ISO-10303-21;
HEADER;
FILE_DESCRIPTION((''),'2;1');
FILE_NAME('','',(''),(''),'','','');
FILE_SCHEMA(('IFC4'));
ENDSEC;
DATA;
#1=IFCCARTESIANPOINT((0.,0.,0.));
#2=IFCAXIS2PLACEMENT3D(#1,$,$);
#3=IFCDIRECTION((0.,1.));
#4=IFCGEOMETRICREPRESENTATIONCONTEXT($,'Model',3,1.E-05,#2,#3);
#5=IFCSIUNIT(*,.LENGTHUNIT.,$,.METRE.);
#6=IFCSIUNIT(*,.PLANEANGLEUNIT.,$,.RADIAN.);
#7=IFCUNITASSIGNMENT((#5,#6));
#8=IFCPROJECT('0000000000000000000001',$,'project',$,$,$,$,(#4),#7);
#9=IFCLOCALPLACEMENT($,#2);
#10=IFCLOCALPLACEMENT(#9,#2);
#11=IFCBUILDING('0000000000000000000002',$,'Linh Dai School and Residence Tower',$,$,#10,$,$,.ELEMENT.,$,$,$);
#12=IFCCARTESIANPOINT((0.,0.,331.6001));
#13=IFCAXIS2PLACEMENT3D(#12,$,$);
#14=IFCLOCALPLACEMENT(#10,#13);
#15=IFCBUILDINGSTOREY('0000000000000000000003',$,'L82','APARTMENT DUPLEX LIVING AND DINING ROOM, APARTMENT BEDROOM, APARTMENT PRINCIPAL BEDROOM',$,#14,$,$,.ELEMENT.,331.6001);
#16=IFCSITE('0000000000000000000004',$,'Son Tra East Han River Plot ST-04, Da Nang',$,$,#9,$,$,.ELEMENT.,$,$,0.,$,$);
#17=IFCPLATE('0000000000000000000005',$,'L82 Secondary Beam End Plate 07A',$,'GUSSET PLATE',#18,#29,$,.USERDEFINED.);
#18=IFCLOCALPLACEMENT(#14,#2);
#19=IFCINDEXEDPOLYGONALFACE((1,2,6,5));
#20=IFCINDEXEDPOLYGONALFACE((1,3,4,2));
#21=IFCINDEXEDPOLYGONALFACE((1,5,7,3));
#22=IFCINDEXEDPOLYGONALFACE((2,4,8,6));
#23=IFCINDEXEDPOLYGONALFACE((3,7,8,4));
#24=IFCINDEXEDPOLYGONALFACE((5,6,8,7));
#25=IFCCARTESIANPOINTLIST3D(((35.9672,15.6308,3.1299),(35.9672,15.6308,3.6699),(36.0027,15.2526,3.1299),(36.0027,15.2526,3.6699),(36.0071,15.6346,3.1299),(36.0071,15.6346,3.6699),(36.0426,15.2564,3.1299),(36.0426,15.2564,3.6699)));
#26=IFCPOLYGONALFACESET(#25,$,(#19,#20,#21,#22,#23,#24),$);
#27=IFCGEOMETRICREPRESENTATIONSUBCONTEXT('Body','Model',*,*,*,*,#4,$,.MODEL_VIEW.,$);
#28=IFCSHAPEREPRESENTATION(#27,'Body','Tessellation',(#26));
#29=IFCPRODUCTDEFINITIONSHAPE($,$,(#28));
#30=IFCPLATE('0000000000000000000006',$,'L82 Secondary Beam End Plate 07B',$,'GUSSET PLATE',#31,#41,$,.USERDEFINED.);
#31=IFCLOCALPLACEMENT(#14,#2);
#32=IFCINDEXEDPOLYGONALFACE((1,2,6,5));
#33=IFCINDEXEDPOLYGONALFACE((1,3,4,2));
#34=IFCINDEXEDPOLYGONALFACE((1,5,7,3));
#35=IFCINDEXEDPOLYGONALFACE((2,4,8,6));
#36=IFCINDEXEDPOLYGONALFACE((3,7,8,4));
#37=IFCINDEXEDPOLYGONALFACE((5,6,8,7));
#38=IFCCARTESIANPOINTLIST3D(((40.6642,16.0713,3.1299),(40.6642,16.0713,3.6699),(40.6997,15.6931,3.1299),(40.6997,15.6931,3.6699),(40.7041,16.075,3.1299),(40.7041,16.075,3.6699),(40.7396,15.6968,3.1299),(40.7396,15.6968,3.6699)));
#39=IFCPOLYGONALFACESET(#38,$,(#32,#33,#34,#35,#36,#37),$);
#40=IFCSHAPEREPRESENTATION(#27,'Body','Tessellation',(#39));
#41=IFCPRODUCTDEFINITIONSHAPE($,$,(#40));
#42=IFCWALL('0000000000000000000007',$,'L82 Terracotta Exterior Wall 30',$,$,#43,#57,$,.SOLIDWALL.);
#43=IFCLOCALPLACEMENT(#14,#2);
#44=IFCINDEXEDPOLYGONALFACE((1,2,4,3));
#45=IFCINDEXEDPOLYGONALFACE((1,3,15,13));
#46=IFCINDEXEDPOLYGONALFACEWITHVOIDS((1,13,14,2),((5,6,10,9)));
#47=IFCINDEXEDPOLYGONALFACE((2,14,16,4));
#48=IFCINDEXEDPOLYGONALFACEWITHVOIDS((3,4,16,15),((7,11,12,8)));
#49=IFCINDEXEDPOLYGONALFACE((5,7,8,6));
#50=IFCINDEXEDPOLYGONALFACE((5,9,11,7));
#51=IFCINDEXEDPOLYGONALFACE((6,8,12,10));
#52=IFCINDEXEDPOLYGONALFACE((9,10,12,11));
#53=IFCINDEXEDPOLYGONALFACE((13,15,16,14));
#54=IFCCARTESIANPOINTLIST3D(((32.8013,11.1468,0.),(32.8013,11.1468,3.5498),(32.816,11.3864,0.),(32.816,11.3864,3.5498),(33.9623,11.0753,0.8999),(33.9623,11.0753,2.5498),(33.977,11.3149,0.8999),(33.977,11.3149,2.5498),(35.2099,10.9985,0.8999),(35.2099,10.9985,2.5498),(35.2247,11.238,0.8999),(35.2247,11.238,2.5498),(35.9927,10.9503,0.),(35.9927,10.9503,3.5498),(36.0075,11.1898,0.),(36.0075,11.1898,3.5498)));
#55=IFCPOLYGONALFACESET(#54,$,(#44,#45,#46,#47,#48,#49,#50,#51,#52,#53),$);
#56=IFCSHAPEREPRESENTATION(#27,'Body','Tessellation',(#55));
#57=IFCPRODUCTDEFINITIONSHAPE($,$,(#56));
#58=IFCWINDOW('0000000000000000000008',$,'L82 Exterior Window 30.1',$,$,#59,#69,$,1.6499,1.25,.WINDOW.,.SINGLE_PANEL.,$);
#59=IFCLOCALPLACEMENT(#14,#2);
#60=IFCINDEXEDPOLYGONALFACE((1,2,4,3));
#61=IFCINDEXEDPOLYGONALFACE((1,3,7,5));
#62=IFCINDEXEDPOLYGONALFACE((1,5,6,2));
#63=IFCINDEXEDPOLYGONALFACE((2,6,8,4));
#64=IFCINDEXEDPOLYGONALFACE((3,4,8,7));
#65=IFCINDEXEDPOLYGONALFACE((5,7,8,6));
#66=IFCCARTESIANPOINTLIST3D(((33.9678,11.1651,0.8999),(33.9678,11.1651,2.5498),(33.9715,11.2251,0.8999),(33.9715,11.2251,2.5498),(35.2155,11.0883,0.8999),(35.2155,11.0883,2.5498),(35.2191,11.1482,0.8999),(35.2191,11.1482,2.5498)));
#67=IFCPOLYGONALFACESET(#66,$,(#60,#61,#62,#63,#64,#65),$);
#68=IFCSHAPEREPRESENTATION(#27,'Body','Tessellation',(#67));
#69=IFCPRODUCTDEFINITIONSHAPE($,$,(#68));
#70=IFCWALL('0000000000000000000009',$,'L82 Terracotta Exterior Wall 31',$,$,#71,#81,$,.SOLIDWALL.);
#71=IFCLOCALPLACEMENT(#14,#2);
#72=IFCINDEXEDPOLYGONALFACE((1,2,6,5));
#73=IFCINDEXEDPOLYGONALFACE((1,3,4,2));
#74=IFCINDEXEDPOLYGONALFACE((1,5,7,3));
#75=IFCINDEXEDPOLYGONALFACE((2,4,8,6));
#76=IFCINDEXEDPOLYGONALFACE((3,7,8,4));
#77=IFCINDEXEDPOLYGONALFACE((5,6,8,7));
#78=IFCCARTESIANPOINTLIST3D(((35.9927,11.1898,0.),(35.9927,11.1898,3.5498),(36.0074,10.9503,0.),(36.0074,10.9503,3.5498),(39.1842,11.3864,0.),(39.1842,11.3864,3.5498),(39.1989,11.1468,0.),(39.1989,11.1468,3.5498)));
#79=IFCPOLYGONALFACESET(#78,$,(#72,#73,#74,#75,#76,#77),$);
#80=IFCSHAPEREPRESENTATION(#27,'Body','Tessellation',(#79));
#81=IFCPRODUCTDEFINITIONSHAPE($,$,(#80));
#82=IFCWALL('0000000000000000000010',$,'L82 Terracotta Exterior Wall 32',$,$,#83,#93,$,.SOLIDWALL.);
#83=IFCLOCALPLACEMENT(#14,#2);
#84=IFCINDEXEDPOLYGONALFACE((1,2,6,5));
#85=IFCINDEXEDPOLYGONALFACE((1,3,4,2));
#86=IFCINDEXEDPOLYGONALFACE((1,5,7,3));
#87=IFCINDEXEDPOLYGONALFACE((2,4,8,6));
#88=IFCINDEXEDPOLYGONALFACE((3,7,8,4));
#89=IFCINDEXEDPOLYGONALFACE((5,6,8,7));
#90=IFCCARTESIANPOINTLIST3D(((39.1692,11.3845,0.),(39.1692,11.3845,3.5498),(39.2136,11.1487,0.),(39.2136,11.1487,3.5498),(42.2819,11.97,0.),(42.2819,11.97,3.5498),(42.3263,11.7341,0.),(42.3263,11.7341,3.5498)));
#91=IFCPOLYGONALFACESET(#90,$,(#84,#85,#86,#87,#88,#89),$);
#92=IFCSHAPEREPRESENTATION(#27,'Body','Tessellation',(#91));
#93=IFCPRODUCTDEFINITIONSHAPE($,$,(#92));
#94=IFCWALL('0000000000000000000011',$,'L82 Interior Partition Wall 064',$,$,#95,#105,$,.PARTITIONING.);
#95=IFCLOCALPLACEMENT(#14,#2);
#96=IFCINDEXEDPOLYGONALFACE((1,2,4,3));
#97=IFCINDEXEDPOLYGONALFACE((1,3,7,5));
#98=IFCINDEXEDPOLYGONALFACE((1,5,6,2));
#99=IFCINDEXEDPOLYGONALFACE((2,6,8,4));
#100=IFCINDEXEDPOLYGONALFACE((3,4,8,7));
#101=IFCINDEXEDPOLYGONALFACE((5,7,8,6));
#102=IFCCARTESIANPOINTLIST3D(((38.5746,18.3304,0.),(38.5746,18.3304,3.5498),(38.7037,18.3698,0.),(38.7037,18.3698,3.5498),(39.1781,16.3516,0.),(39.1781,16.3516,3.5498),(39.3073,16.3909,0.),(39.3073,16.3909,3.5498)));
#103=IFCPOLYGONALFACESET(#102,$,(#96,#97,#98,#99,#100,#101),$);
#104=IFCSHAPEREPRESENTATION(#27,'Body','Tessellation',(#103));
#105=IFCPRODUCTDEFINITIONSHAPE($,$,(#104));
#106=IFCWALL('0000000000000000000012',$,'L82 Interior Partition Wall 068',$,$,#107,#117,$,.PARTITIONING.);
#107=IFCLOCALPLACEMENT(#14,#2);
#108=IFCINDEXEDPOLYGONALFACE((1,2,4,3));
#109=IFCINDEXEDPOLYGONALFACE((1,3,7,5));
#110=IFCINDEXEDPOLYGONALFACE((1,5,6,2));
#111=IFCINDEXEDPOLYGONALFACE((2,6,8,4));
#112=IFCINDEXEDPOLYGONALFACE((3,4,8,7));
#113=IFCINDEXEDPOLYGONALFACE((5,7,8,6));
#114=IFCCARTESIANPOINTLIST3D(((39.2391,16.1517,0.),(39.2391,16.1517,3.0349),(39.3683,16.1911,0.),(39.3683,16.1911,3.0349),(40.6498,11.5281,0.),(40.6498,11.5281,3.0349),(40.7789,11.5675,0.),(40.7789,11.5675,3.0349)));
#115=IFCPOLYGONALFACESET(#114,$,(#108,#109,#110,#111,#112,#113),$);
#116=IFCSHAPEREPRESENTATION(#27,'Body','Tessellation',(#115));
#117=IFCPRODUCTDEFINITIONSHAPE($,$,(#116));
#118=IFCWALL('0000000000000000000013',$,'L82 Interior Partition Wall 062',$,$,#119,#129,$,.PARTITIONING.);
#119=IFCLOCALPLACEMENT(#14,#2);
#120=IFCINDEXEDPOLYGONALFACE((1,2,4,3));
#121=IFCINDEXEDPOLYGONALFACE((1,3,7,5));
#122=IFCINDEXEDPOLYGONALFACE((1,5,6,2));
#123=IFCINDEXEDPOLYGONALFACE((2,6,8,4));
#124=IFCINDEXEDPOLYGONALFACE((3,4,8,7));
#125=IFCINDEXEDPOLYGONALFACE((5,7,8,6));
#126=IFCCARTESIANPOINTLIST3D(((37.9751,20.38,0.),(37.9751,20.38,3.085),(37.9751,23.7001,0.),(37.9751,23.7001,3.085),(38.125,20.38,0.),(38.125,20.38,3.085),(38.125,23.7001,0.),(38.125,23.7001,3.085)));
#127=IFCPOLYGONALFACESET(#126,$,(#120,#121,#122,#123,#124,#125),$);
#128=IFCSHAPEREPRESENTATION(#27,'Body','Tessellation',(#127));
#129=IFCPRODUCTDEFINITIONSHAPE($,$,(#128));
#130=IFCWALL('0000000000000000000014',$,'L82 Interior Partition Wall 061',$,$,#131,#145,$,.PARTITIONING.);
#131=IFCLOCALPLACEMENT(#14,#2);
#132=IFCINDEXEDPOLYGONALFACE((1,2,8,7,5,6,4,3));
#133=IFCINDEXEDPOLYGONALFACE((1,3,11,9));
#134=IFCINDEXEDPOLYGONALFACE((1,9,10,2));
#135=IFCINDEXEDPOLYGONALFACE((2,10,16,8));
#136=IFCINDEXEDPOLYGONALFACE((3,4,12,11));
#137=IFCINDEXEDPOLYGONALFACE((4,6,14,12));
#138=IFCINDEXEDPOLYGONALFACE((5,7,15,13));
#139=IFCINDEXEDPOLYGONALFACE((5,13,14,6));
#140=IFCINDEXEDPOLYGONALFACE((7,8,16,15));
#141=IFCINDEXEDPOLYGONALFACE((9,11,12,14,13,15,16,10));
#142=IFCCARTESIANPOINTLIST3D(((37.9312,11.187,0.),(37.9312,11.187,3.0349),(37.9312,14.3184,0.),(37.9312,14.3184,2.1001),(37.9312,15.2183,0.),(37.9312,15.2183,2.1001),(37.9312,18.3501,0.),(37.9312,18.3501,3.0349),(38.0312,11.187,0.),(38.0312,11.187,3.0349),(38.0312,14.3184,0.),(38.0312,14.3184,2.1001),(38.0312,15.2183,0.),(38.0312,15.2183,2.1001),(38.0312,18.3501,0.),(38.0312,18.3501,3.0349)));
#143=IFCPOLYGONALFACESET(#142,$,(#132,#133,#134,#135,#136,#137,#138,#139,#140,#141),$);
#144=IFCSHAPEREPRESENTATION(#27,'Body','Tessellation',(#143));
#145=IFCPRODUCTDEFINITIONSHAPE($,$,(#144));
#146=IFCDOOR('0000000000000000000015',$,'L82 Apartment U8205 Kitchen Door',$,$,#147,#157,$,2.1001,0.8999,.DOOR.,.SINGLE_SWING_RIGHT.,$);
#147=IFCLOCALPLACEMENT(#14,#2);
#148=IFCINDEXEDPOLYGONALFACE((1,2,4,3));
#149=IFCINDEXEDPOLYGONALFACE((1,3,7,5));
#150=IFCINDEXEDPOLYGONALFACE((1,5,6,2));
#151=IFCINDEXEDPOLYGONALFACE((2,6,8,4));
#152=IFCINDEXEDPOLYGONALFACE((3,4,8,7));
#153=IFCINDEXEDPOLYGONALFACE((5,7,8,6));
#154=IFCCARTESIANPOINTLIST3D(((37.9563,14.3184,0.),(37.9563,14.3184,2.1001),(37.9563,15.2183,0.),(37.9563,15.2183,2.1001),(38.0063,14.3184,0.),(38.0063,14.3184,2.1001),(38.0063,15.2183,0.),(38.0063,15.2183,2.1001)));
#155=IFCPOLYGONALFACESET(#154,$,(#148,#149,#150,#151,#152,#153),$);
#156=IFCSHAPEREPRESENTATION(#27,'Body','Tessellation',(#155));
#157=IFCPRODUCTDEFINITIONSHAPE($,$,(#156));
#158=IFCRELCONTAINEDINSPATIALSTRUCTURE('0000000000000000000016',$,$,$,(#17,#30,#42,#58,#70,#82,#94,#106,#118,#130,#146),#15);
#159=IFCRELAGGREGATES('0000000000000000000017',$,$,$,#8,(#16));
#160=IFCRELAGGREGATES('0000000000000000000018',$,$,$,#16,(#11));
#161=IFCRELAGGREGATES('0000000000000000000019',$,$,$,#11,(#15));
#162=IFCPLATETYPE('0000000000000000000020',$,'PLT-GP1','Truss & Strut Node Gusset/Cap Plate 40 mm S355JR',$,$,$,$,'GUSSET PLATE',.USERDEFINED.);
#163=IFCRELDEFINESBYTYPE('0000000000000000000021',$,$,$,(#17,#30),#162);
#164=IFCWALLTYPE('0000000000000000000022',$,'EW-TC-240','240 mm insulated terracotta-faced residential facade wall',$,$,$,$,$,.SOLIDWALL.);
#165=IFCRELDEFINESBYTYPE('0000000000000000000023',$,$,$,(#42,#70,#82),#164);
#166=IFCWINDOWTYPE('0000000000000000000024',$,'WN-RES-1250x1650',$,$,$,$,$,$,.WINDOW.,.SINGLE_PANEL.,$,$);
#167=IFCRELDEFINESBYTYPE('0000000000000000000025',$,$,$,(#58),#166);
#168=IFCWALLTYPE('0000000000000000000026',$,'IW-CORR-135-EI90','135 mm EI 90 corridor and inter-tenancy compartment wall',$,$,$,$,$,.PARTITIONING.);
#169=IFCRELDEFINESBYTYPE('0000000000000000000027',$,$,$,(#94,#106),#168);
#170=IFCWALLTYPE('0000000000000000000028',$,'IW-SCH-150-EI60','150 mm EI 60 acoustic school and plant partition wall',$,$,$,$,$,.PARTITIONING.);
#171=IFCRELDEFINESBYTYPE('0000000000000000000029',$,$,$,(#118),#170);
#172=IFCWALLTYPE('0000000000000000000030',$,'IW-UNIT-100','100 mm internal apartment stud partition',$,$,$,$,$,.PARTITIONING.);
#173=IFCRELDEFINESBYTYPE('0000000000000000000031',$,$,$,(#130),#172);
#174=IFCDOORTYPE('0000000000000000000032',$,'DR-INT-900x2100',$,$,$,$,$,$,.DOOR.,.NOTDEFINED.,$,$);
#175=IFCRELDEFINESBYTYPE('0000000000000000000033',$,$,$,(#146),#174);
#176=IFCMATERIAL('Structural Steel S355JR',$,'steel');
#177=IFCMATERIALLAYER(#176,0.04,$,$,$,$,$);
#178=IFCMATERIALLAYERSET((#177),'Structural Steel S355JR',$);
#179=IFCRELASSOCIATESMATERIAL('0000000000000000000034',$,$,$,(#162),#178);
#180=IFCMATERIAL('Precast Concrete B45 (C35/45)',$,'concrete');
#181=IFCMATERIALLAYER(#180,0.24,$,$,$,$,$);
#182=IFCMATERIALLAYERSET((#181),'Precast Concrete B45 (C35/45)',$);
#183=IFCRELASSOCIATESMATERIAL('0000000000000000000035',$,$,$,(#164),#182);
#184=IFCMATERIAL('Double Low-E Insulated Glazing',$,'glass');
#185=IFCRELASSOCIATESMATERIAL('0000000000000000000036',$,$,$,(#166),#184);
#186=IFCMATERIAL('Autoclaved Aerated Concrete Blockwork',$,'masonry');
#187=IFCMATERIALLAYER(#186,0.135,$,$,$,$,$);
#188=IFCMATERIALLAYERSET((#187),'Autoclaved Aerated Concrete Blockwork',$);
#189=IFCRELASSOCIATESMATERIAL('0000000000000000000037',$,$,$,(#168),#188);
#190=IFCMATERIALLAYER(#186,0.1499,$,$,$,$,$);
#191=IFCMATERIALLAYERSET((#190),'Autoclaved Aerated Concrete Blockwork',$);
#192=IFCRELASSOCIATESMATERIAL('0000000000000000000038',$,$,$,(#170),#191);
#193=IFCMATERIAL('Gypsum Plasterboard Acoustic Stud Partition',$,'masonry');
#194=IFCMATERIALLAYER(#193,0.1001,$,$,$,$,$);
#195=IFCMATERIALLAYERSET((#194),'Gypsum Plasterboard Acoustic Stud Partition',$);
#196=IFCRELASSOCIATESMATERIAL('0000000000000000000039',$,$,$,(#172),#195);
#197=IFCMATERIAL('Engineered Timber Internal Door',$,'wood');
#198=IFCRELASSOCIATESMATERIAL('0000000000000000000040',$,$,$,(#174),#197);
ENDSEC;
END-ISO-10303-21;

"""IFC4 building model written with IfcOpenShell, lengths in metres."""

from ifc_helpers import new_model, si_unit, direction, frame, frame_2d, origin, origin_2d, place, context, subcontext, project, spatial, rectangle, extrude, source, transform, mapped, material, layer, layer_set, type_object, element, fill, save


model = new_model("IFC4")

# Units and contexts
model_context = context("Model", 3, precision=1e-05, world=origin(), true_north=direction((0.0, 1.0)))
body_context = subcontext(model_context, "Body", "Model", "MODEL_VIEW")
ifc_project = project(units=[si_unit("LENGTHUNIT", "METRE"), si_unit("PLANEANGLEUNIT", "RADIAN")], contexts=[model_context])

# Site, building, storey
site_placement = place(None, origin())
site = spatial("IfcSite", under=ifc_project, at=site_placement, Name="Son Tra East Han River Plot ST-04, Da Nang", CompositionType="ELEMENT", RefElevation=0.0)
building_placement = place(site_placement, origin())
building = spatial("IfcBuilding", under=site, at=building_placement, Name="Linh Dai School and Residence Tower", CompositionType="ELEMENT")
storey_placement = place(building_placement, frame((0.0, 0.0, 331.6001)))
storey = spatial("IfcBuildingStorey", under=building, at=storey_placement, Name="L82", Description="APARTMENT DUPLEX LIVING AND DINING ROOM, APARTMENT BEDROOM, APARTMENT PRINCIPAL BEDROOM", CompositionType="ELEMENT", Elevation=331.6001)

# Shared definitions
ifc_material_1 = material(Name="Structural Steel S355JR", Category="steel")

# Plates
ifc_layer_1 = layer(ifc_material_1, 0.04)
ifc_layer_set_1 = layer_set([ifc_layer_1], Name="Structural Steel S355JR")
plate_type = type_object("IfcPlateType", Name="PLT-GP1", Description="Truss & Strut Node Gusset/Cap Plate 40 mm S355JR", ElementType="GUSSET PLATE", PredefinedType="USERDEFINED", material=ifc_layer_set_1)
shared_shape_1 = source(origin(), body_context, "Body", "SweptSolid", [
    extrude(rectangle(XDim=0.04, YDim=0.3799, at=origin_2d()), origin(), (0.0, 0.0, 1.0), 0.54),
])
for number, where, z_axis, x_axis, name in (
    (1, (36.0049, 15.4436, 3.1299), (0.0, 0.0, 1.0), (0.995631, 0.093373, 0.0), "L82 Secondary Beam End Plate 07A"),
    (2, (40.7019, 15.884, 3.1299), (0.0, 0.0, 1.0), (0.995631, 0.093373, 0.0), "L82 Secondary Beam End Plate 07B"),
):
    element("IfcPlate", number, at=place(storey_placement, frame(where, z_axis=z_axis, x_axis=x_axis)), inside=storey, type_object=plate_type, Name=name, ObjectType="GUSSET PLATE", PredefinedType="USERDEFINED", context=body_context, shape_type="MappedRepresentation", body=[
        mapped(shared_shape_1, transform((0.0, 0.0, 0.0), x_axis=(1.0, 0.0, 0.0), y_axis=(0.0, 1.0, 0.0), z_axis=(0.0, 0.0, 1.0), scale=1.0)),
    ])

# Wall, opening, window
ifc_material_2 = material(Name="Precast Concrete B45 (C35/45)", Category="concrete")
ifc_layer_2 = layer(ifc_material_2, 0.24)
ifc_layer_set_2 = layer_set([ifc_layer_2], Name="Precast Concrete B45 (C35/45)")
wall_type_1 = type_object("IfcWallType", Name="EW-TC-240", Description="240 mm insulated terracotta-faced residential facade wall", PredefinedType="SOLIDWALL", material=ifc_layer_set_2)
wall_1_placement = place(storey_placement, frame((36.0, 11.0701, 0.0), z_axis=(0.0, 0.0, 1.0), x_axis=(-0.998109, 0.061466, 0.0)))
wall_1 = element("IfcWall", 3, at=wall_1_placement, inside=storey, type_object=wall_type_1, Name="L82 Terracotta Exterior Wall 30", PredefinedType="SOLIDWALL", context=body_context, shape_type="SweptSolid", body=[
    extrude(rectangle(XDim=3.1975, YDim=0.24, at=frame_2d((1.5986, 0.0))), origin(), (0.0, 0.0, 1.0), 3.5498),
])
opening_1_placement = place(wall_1_placement, frame((0.7842, 0.0, 0.8999)))
opening_1 = element("IfcOpeningElement", 4, at=opening_1_placement, cuts=wall_1, PredefinedType="OPENING", context=body_context, shape_type="SweptSolid", body=[
    extrude(rectangle(XDim=1.25, YDim=1.6499, at=origin_2d()), frame((0.625, 0.1299, 0.825), z_axis=(0.0, -1.0, 0.0), x_axis=(1.0, 0.0, 0.0)), (0.0, 0.0, 1.0), 0.26),
])
ifc_material_3 = material(Name="Double Low-E Insulated Glazing", Category="glass")
window_type = type_object("IfcWindowType", Name="WN-RES-1250x1650", PartitioningType="SINGLE_PANEL", PredefinedType="WINDOW", material=ifc_material_3)
shared_shape_2 = source(origin(), body_context, "Body", "SweptSolid", [
    extrude(rectangle(XDim=1.25, YDim=1.6499, at=origin_2d()), frame((0.625, 0.03, 0.825), z_axis=(0.0, -1.0, 0.0), x_axis=(1.0, 0.0, 0.0)), (0.0, 0.0, 1.0), 0.0601),
])
window_placement = place(opening_1_placement, origin())
window = element("IfcWindow", 5, at=window_placement, inside=storey, type_object=window_type, Name="L82 Exterior Window 30.1", OverallHeight=1.6499, OverallWidth=1.25, PartitioningType="SINGLE_PANEL", PredefinedType="WINDOW", context=body_context, shape_type="MappedRepresentation", body=[
    mapped(shared_shape_2, transform((0.0, 0.0, 0.0), x_axis=(1.0, 0.0, 0.0), y_axis=(0.0, 1.0, 0.0), z_axis=(0.0, 0.0, 1.0), scale=1.0)),
])
fill(opening_1, window)

# Walls
wall_2_placement = place(storey_placement, frame((39.1914, 11.2666, 0.0), z_axis=(0.0, 0.0, 1.0), x_axis=(-0.998109, -0.061466, 0.0)))
element("IfcWall", 6, at=wall_2_placement, inside=storey, type_object=wall_type_1, Name="L82 Terracotta Exterior Wall 31", PredefinedType="SOLIDWALL", context=body_context, shape_type="SweptSolid", body=[
    extrude(rectangle(XDim=3.1975, YDim=0.24, at=frame_2d((1.5986, 0.0))), origin(), (0.0, 0.0, 1.0), 3.5498),
])
wall_3_placement = place(storey_placement, frame((42.304, 11.8521, 0.0), z_axis=(0.0, 0.0, 1.0), x_axis=(-0.982766, -0.184852, 0.0)))
element("IfcWall", 7, at=wall_3_placement, inside=storey, type_object=wall_type_1, Name="L82 Terracotta Exterior Wall 32", PredefinedType="SOLIDWALL", context=body_context, shape_type="SweptSolid", body=[
    extrude(rectangle(XDim=3.1672, YDim=0.24, at=frame_2d((1.5835, 0.0))), origin(), (0.0, 0.0, 1.0), 3.5498),
])
ifc_material_4 = material(Name="Autoclaved Aerated Concrete Blockwork", Category="masonry")
ifc_layer_3 = layer(ifc_material_4, 0.135)
ifc_layer_set_3 = layer_set([ifc_layer_3], Name="Autoclaved Aerated Concrete Blockwork")
wall_type_2 = type_object("IfcWallType", Name="IW-CORR-135-EI90", Description="135 mm EI 90 corridor and inter-tenancy compartment wall", PredefinedType="PARTITIONING", material=ifc_layer_set_3)
wall_4_placement = place(storey_placement, frame((38.6392, 18.3501, 0.0), z_axis=(0.0, 0.0, 1.0), x_axis=(0.29173, -0.956501, 0.0)))
element("IfcWall", 8, at=wall_4_placement, inside=storey, type_object=wall_type_2, Name="L82 Interior Partition Wall 064", PredefinedType="PARTITIONING", context=body_context, shape_type="SweptSolid", body=[
    extrude(rectangle(XDim=2.0688, YDim=0.135, at=frame_2d((1.0344, 0.0))), origin(), (0.0, 0.0, 1.0), 3.5498),
])
wall_5_placement = place(storey_placement, frame((39.3037, 16.1714, 0.0), z_axis=(0.0, 0.0, 1.0), x_axis=(0.291821, -0.956473, 0.0)))
element("IfcWall", 9, at=wall_5_placement, inside=storey, type_object=wall_type_2, Name="L82 Interior Partition Wall 068", PredefinedType="PARTITIONING", context=body_context, shape_type="SweptSolid", body=[
    extrude(rectangle(XDim=4.834, YDim=0.135, at=frame_2d((2.417, 0.0))), origin(), (0.0, 0.0, 1.0), 3.0349),
])
ifc_layer_4 = layer(ifc_material_4, 0.1499)
ifc_layer_set_4 = layer_set([ifc_layer_4], Name="Autoclaved Aerated Concrete Blockwork")
wall_type_3 = type_object("IfcWallType", Name="IW-SCH-150-EI60", Description="150 mm EI 60 acoustic school and plant partition wall", PredefinedType="PARTITIONING", material=ifc_layer_set_4)
wall_6_placement = place(storey_placement, frame((38.05, 20.3799, 0.0), z_axis=(0.0, 0.0, 1.0), x_axis=(0.0, 1.0, 0.0)))
element("IfcWall", 10, at=wall_6_placement, inside=storey, type_object=wall_type_3, Name="L82 Interior Partition Wall 062", PredefinedType="PARTITIONING", context=body_context, shape_type="SweptSolid", body=[
    extrude(rectangle(XDim=3.3201, YDim=0.1499, at=frame_2d((1.6602, 0.0))), origin(), (0.0, 0.0, 1.0), 3.085),
])

# Wall, opening, door
ifc_material_5 = material(Name="Gypsum Plasterboard Acoustic Stud Partition", Category="masonry")
ifc_layer_5 = layer(ifc_material_5, 0.1001)
ifc_layer_set_5 = layer_set([ifc_layer_5], Name="Gypsum Plasterboard Acoustic Stud Partition")
wall_type_4 = type_object("IfcWallType", Name="IW-UNIT-100", Description="100 mm internal apartment stud partition", PredefinedType="PARTITIONING", material=ifc_layer_set_5)
wall_7_placement = place(storey_placement, frame((37.9812, 11.187, 0.0), z_axis=(0.0, 0.0, 1.0), x_axis=(0.0, 1.0, 0.0)))
wall_7 = element("IfcWall", 11, at=wall_7_placement, inside=storey, type_object=wall_type_4, Name="L82 Interior Partition Wall 061", PredefinedType="PARTITIONING", context=body_context, shape_type="SweptSolid", body=[
    extrude(rectangle(XDim=7.1631, YDim=0.1001, at=frame_2d((3.5815, 0.0))), origin(), (0.0, 0.0, 1.0), 3.0349),
])
opening_2_placement = place(wall_7_placement, frame((3.1313, 0.0, 0.0)))
opening_2 = element("IfcOpeningElement", 12, at=opening_2_placement, cuts=wall_7, PredefinedType="OPENING", context=body_context, shape_type="SweptSolid", body=[
    extrude(rectangle(XDim=0.8999, YDim=2.1001, at=origin_2d()), frame((0.45, 0.0601, 1.05), z_axis=(0.0, -1.0, 0.0), x_axis=(1.0, 0.0, 0.0)), (0.0, 0.0, 1.0), 0.1201),
])
ifc_material_6 = material(Name="Engineered Timber Internal Door", Category="wood")
door_type_1 = type_object("IfcDoorType", Name="DR-INT-900x2100", OperationType="NOTDEFINED", PredefinedType="DOOR", material=ifc_material_6)
shared_shape_3 = source(origin(), body_context, "Body", "SweptSolid", [
    extrude(rectangle(XDim=0.8999, YDim=2.1001, at=origin_2d()), frame((0.45, 0.0249, 1.05), z_axis=(0.0, -1.0, 0.0), x_axis=(1.0, 0.0, 0.0)), (0.0, 0.0, 1.0), 0.05),
])
door_1_placement = place(opening_2_placement, origin())
door_1 = element("IfcDoor", 13, at=door_1_placement, inside=storey, type_object=door_type_1, Name="L82 Apartment U8205 Kitchen Door", OperationType="SINGLE_SWING_RIGHT", OverallHeight=2.1001, OverallWidth=0.8999, PredefinedType="DOOR", context=body_context, shape_type="MappedRepresentation", body=[
    mapped(shared_shape_3, transform((0.0, 0.0, 0.0), x_axis=(1.0, 0.0, 0.0), y_axis=(0.0, 1.0, 0.0), z_axis=(0.0, 0.0, 1.0), scale=1.0)),
])
fill(opening_2, door_1)

save(model, "model.ifc")
